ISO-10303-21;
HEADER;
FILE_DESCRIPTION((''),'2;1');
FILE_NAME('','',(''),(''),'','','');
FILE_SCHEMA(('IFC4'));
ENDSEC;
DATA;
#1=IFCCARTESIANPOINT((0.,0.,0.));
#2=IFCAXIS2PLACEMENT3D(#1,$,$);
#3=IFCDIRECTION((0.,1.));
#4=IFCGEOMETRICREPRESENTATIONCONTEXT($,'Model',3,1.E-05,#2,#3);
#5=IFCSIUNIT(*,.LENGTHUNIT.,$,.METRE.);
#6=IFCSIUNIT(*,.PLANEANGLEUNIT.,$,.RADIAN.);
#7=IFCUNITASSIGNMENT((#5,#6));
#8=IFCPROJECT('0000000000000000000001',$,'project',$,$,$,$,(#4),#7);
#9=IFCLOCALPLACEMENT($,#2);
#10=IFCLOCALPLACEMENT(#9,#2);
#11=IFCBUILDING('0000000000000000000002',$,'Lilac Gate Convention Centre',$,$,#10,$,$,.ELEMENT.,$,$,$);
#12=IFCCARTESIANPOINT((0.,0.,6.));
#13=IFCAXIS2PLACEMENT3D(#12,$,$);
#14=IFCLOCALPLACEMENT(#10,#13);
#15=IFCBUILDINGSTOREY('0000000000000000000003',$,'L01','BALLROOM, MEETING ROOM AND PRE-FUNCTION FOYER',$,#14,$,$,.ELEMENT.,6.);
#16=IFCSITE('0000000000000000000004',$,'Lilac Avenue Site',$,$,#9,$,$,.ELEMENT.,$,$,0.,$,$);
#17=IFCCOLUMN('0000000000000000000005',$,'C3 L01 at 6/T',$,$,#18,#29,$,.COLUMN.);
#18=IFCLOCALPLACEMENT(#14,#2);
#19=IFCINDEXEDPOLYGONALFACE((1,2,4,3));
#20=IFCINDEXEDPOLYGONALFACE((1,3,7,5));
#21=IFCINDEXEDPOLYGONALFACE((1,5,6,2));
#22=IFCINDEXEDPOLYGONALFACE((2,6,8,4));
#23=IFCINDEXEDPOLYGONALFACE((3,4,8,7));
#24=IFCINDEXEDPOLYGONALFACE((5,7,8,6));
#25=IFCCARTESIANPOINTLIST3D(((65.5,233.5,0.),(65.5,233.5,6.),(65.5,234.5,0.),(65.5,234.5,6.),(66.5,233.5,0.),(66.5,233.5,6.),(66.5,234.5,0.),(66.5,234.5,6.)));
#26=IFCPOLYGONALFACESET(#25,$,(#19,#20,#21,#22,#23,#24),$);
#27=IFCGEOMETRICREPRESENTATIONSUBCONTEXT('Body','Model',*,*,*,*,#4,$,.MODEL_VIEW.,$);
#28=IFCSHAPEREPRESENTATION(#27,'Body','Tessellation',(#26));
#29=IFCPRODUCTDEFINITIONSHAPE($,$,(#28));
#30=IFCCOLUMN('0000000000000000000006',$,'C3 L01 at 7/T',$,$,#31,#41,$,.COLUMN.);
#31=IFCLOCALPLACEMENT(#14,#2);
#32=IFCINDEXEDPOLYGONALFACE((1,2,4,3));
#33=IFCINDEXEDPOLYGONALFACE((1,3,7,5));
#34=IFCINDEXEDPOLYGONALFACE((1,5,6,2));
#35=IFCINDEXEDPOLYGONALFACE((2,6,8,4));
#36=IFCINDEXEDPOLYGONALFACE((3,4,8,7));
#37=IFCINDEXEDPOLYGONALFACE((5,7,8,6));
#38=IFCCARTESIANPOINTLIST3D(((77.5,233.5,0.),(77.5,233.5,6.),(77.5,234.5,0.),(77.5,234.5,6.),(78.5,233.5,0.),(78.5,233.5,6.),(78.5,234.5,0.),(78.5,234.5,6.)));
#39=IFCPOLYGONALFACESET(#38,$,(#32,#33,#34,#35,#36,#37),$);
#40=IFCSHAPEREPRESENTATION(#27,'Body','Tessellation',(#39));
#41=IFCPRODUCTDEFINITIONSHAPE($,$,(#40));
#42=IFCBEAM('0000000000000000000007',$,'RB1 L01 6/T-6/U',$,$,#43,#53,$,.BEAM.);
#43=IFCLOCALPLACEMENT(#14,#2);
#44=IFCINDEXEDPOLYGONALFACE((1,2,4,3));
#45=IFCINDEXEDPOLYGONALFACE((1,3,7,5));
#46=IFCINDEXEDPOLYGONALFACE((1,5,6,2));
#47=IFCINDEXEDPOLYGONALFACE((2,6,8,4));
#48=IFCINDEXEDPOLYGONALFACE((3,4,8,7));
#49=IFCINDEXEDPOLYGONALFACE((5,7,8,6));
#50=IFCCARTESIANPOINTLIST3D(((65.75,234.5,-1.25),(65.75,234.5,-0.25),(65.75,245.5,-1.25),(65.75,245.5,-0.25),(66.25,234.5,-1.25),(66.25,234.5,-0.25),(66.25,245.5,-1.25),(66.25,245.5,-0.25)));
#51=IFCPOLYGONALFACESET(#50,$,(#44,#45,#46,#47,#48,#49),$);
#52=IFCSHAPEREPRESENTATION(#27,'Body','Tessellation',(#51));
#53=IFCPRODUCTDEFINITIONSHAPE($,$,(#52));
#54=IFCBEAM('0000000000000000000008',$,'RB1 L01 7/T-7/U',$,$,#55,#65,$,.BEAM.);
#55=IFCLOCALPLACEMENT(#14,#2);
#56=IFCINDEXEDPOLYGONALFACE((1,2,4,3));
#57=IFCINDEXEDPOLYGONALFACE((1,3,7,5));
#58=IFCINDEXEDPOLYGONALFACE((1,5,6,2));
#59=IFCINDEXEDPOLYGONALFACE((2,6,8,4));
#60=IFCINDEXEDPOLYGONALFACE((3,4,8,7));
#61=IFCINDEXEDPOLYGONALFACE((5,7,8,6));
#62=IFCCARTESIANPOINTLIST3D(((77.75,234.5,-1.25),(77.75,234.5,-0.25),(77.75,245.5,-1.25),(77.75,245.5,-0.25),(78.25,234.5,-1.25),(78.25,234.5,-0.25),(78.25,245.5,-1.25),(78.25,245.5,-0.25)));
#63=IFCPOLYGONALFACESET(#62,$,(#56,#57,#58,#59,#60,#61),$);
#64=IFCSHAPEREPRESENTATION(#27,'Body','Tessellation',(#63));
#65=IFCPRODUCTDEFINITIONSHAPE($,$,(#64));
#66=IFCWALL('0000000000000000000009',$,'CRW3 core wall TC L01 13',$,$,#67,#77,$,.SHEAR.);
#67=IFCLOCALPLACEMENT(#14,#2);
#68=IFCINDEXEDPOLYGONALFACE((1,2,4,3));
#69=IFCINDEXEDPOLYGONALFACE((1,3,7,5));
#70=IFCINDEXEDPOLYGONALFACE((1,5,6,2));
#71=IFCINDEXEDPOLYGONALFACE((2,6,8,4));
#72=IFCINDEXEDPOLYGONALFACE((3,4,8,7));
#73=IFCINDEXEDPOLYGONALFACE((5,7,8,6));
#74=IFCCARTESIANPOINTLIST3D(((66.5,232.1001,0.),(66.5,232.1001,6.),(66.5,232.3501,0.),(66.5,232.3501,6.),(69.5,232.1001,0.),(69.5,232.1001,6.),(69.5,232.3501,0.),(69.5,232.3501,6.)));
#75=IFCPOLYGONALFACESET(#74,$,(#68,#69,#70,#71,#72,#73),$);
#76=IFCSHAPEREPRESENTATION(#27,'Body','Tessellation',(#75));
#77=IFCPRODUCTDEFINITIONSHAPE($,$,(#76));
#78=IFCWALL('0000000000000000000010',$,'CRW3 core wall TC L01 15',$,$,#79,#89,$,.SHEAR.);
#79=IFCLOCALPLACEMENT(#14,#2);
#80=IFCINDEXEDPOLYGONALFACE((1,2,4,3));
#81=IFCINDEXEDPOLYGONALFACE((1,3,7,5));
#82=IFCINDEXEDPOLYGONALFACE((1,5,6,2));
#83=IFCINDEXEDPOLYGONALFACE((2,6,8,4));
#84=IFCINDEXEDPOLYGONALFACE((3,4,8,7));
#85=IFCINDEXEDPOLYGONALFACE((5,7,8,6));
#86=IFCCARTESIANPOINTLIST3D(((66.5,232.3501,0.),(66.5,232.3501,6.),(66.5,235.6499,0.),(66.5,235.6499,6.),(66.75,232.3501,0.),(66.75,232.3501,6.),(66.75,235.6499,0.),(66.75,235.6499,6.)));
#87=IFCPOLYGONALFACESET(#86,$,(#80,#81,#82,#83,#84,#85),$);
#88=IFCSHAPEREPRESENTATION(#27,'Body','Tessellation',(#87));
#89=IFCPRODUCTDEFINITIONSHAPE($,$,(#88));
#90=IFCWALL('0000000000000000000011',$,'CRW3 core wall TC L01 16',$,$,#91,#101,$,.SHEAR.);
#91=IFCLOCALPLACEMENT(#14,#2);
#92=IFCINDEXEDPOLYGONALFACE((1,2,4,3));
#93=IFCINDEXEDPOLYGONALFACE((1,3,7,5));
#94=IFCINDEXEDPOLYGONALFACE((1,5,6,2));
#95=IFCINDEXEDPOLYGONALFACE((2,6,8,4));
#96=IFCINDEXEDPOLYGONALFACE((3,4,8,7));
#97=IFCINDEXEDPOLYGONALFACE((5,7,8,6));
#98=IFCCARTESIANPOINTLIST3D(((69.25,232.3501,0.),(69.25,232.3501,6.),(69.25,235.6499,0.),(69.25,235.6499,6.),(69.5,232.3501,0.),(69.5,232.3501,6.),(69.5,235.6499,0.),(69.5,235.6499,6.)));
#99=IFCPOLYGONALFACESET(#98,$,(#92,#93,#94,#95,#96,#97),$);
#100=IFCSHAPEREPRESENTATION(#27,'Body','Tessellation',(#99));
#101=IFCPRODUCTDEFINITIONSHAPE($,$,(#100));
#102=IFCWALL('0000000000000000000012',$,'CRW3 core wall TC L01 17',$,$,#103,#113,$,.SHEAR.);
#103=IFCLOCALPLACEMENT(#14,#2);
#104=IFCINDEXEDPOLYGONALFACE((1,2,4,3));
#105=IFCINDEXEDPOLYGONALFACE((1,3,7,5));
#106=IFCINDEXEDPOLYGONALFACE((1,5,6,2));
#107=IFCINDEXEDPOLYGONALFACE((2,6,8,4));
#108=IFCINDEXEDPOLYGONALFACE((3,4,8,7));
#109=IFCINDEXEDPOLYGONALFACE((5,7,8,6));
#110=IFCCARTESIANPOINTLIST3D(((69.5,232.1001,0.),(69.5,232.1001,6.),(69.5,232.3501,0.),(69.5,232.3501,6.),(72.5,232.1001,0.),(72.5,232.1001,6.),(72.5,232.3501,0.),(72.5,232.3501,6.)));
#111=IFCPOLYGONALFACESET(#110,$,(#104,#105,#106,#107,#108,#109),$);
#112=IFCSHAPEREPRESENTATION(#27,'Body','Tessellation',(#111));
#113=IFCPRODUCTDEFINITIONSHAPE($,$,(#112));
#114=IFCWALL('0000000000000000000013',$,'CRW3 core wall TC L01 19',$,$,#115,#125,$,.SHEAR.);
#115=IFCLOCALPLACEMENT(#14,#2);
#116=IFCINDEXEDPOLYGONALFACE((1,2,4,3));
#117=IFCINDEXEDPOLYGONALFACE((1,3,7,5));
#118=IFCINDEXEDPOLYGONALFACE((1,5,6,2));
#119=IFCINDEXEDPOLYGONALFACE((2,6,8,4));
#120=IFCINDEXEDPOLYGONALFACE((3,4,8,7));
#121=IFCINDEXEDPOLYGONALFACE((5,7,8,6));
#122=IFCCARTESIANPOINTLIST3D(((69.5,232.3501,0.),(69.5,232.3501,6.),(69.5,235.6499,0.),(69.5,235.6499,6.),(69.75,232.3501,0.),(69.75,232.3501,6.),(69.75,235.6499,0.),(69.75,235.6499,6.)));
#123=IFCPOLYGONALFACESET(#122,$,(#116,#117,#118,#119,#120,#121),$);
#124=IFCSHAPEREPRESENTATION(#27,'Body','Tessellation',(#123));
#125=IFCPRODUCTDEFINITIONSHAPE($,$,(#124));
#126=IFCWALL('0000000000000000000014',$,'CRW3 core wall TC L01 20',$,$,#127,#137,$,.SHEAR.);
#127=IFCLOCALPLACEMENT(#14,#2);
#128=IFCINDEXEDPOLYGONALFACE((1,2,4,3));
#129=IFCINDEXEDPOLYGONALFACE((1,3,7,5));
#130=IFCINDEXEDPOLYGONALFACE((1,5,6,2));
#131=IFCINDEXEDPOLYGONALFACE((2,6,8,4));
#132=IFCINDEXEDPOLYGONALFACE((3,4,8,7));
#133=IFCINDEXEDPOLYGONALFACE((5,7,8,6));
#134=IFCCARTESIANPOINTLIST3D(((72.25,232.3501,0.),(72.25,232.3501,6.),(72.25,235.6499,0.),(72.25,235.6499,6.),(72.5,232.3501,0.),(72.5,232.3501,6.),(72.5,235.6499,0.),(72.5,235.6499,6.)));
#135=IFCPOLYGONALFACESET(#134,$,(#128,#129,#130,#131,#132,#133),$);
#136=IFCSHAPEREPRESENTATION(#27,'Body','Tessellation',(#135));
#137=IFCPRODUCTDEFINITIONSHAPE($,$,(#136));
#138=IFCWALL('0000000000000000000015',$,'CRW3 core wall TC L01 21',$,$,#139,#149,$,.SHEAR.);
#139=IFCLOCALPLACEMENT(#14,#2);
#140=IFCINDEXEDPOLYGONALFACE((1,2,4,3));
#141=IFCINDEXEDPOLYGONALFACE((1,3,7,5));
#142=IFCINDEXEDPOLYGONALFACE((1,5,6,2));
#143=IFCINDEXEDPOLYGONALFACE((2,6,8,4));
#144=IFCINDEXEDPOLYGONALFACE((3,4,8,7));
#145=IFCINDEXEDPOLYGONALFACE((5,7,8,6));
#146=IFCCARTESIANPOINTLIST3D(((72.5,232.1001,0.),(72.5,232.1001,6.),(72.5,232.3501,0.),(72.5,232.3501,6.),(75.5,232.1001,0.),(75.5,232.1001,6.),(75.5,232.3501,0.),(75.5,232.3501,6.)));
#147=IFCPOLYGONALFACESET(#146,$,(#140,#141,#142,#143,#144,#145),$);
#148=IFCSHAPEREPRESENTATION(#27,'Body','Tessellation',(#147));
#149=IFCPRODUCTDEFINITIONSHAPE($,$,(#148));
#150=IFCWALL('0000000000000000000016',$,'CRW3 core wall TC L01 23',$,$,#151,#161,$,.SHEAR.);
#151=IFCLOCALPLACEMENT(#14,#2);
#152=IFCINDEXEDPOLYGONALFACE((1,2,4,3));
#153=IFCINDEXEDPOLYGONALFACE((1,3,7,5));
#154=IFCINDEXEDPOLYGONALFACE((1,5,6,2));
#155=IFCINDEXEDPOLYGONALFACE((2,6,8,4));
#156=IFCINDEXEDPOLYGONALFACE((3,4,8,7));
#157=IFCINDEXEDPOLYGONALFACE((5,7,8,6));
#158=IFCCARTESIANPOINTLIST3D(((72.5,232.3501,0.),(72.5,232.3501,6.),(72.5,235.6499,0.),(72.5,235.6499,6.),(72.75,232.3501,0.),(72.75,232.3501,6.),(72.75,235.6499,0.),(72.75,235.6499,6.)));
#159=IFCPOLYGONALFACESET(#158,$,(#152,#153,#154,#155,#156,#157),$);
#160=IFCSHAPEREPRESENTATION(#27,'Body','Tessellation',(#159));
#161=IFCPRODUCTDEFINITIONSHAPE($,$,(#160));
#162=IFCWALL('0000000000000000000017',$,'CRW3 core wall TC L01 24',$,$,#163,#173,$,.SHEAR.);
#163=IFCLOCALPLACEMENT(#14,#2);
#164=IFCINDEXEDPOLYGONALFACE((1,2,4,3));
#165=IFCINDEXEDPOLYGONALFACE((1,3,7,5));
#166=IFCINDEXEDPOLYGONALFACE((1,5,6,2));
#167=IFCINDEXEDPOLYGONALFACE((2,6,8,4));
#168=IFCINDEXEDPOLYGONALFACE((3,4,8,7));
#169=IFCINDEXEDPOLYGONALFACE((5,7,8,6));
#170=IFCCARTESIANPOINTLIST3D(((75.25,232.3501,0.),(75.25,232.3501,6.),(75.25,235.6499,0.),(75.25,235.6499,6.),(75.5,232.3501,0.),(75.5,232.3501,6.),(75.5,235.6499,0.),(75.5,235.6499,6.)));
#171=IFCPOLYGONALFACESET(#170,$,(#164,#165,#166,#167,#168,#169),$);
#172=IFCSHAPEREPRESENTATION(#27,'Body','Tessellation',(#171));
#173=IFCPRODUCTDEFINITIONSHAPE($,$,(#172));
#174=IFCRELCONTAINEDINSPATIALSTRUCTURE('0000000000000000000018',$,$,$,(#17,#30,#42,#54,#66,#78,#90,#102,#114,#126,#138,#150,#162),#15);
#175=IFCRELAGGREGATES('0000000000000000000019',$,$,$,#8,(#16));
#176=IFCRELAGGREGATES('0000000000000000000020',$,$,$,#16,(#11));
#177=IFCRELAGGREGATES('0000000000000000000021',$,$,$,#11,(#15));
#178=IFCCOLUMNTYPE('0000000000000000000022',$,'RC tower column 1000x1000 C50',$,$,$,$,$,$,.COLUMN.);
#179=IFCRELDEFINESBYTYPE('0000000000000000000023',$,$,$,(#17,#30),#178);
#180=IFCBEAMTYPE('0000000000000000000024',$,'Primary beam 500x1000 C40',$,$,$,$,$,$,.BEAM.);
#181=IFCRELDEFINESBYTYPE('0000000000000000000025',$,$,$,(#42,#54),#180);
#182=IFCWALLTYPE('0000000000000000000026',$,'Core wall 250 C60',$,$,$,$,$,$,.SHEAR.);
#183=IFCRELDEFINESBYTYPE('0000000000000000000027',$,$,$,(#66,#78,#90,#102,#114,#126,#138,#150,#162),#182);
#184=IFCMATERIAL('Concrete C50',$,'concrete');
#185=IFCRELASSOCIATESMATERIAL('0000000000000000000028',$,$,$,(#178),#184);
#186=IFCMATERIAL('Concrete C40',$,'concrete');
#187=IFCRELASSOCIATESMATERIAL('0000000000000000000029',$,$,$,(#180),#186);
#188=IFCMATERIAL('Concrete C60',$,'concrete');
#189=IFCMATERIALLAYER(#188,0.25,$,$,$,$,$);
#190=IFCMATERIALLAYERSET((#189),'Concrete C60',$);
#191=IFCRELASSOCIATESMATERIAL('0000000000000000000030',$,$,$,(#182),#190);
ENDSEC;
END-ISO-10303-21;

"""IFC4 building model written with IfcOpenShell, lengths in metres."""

from ifc_helpers import new_model, si_unit, direction, frame, frame_2d, origin, origin_2d, place, context, subcontext, project, spatial, rectangle, extrude, material, layer, layer_set, material_profile, profile_set, type_object, element, save


model = new_model("IFC4")

# Units and contexts
model_context = context("Model", 3, precision=1e-05, world=origin(), true_north=direction((0.0, 1.0)))
body_context = subcontext(model_context, "Body", "Model", "MODEL_VIEW")
ifc_project = project(units=[si_unit("LENGTHUNIT", "METRE"), si_unit("PLANEANGLEUNIT", "RADIAN")], contexts=[model_context])

# Site, building, storey
site_placement = place(None, origin())
site = spatial("IfcSite", under=ifc_project, at=site_placement, Name="Lilac Avenue Site", CompositionType="ELEMENT", RefElevation=0.0)
building_placement = place(site_placement, origin())
building = spatial("IfcBuilding", under=site, at=building_placement, Name="Lilac Gate Convention Centre", CompositionType="ELEMENT")
storey_placement = place(building_placement, frame((0.0, 0.0, 6.0)))
storey = spatial("IfcBuildingStorey", under=building, at=storey_placement, Name="L01", Description="BALLROOM, MEETING ROOM AND PRE-FUNCTION FOYER", CompositionType="ELEMENT", Elevation=6.0)

# Columns
ifc_material_1 = material(Name="Concrete C50", Category="concrete")
ifc_material_profile_1 = material_profile(ifc_material_1, rectangle(XDim=1.0, YDim=1.0, at=origin_2d()), Name="RC 1000x1000")
ifc_profile_set_1 = profile_set([ifc_material_profile_1], Name="Concrete C50")
column_type = type_object("IfcColumnType", Name="RC tower column 1000x1000 C50", PredefinedType="COLUMN", material=ifc_profile_set_1)
for number, where, z_axis, x_axis, name in (
    (1, (66.0, 234.0, 0.0), (0.0, 0.0, 1.0), (1.0, 0.0, 0.0), "C3 L01 at 6/T"),
    (2, (78.0, 234.0, 0.0), (0.0, 0.0, 1.0), (1.0, 0.0, 0.0), "C3 L01 at 7/T"),
):
    element("IfcColumn", number, at=place(storey_placement, frame(where, z_axis=z_axis, x_axis=x_axis)), inside=storey, type_object=column_type, Name=name, PredefinedType="COLUMN", context=body_context, shape_type="SweptSolid", body=[
        extrude(rectangle(XDim=1.0, YDim=1.0, at=origin_2d()), origin(), (0.0, 0.0, 1.0), 6.0),
    ])

# Beams
ifc_material_2 = material(Name="Concrete C40", Category="concrete")
ifc_material_profile_2 = material_profile(ifc_material_2, rectangle(XDim=0.5, YDim=1.0, at=origin_2d()), Name="RC 500x1000")
ifc_profile_set_2 = profile_set([ifc_material_profile_2], Name="Concrete C40")
beam_type = type_object("IfcBeamType", Name="Primary beam 500x1000 C40", PredefinedType="BEAM", material=ifc_profile_set_2)
for number, where, z_axis, x_axis, name in (
    (3, (66.0, 234.5, -0.75), (0.0, 1.0, 0.0), (-1.0, 0.0, 0.0), "RB1 L01 6/T-6/U"),
    (4, (78.0, 234.5, -0.75), (0.0, 1.0, 0.0), (-1.0, 0.0, 0.0), "RB1 L01 7/T-7/U"),
):
    element("IfcBeam", number, at=place(storey_placement, frame(where, z_axis=z_axis, x_axis=x_axis)), inside=storey, type_object=beam_type, Name=name, PredefinedType="BEAM", context=body_context, shape_type="SweptSolid", body=[
        extrude(rectangle(XDim=0.5, YDim=1.0, at=origin_2d()), origin(), (0.0, 0.0, 1.0), 11.0),
    ])

# Walls
ifc_material_3 = material(Name="Concrete C60", Category="concrete")
ifc_layer_1 = layer(ifc_material_3, 0.25)
ifc_layer_set_1 = layer_set([ifc_layer_1], Name="Concrete C60")
wall_type_1 = type_object("IfcWallType", Name="Core wall 250 C60", PredefinedType="SHEAR", material=ifc_layer_set_1)
wall_1_placement = place(storey_placement, frame((66.5, 232.2251, 0.0), z_axis=(0.0, 0.0, 1.0), x_axis=(1.0, 0.0, 0.0)))
element("IfcWall", 5, at=wall_1_placement, inside=storey, type_object=wall_type_1, Name="CRW3 core wall TC L01 13", PredefinedType="SHEAR", context=body_context, shape_type="SweptSolid", body=[
    extrude(rectangle(XDim=3.0, YDim=0.25, at=frame_2d((1.5, 0.0))), origin(), (0.0, 0.0, 1.0), 6.0),
])
for number, where, z_axis, x_axis, name in (
    (6, (66.625, 232.3501, 0.0), (0.0, 0.0, 1.0), (0.0, 1.0, 0.0), "CRW3 core wall TC L01 15"),
    (7, (69.375, 232.3501, 0.0), (0.0, 0.0, 1.0), (0.0, 1.0, 0.0), "CRW3 core wall TC L01 16"),
):
    element("IfcWall", number, at=place(storey_placement, frame(where, z_axis=z_axis, x_axis=x_axis)), inside=storey, type_object=wall_type_1, Name=name, PredefinedType="SHEAR", context=body_context, shape_type="SweptSolid", body=[
        extrude(rectangle(XDim=3.2998, YDim=0.25, at=frame_2d((1.6499, 0.0))), origin(), (0.0, 0.0, 1.0), 6.0),
    ])
wall_2_placement = place(storey_placement, frame((69.5, 232.2251, 0.0), z_axis=(0.0, 0.0, 1.0), x_axis=(1.0, 0.0, 0.0)))
element("IfcWall", 8, at=wall_2_placement, inside=storey, type_object=wall_type_1, Name="CRW3 core wall TC L01 17", PredefinedType="SHEAR", context=body_context, shape_type="SweptSolid", body=[
    extrude(rectangle(XDim=3.0, YDim=0.25, at=frame_2d((1.5, 0.0))), origin(), (0.0, 0.0, 1.0), 6.0),
])
for number, where, z_axis, x_axis, name in (
    (9, (69.625, 232.3501, 0.0), (0.0, 0.0, 1.0), (0.0, 1.0, 0.0), "CRW3 core wall TC L01 19"),
    (10, (72.375, 232.3501, 0.0), (0.0, 0.0, 1.0), (0.0, 1.0, 0.0), "CRW3 core wall TC L01 20"),
):
    element("IfcWall", number, at=place(storey_placement, frame(where, z_axis=z_axis, x_axis=x_axis)), inside=storey, type_object=wall_type_1, Name=name, PredefinedType="SHEAR", context=body_context, shape_type="SweptSolid", body=[
        extrude(rectangle(XDim=3.2998, YDim=0.25, at=frame_2d((1.6499, 0.0))), origin(), (0.0, 0.0, 1.0), 6.0),
    ])
wall_3_placement = place(storey_placement, frame((72.5, 232.2251, 0.0), z_axis=(0.0, 0.0, 1.0), x_axis=(1.0, 0.0, 0.0)))
element("IfcWall", 11, at=wall_3_placement, inside=storey, type_object=wall_type_1, Name="CRW3 core wall TC L01 21", PredefinedType="SHEAR", context=body_context, shape_type="SweptSolid", body=[
    extrude(rectangle(XDim=3.0, YDim=0.25, at=frame_2d((1.5, 0.0))), origin(), (0.0, 0.0, 1.0), 6.0),
])
for number, where, z_axis, x_axis, name in (
    (12, (72.625, 232.3501, 0.0), (0.0, 0.0, 1.0), (0.0, 1.0, 0.0), "CRW3 core wall TC L01 23"),
    (13, (75.375, 232.3501, 0.0), (0.0, 0.0, 1.0), (0.0, 1.0, 0.0), "CRW3 core wall TC L01 24"),
):
    element("IfcWall", number, at=place(storey_placement, frame(where, z_axis=z_axis, x_axis=x_axis)), inside=storey, type_object=wall_type_1, Name=name, PredefinedType="SHEAR", context=body_context, shape_type="SweptSolid", body=[
        extrude(rectangle(XDim=3.2998, YDim=0.25, at=frame_2d((1.6499, 0.0))), origin(), (0.0, 0.0, 1.0), 6.0),
    ])

save(model, "model.ifc")
